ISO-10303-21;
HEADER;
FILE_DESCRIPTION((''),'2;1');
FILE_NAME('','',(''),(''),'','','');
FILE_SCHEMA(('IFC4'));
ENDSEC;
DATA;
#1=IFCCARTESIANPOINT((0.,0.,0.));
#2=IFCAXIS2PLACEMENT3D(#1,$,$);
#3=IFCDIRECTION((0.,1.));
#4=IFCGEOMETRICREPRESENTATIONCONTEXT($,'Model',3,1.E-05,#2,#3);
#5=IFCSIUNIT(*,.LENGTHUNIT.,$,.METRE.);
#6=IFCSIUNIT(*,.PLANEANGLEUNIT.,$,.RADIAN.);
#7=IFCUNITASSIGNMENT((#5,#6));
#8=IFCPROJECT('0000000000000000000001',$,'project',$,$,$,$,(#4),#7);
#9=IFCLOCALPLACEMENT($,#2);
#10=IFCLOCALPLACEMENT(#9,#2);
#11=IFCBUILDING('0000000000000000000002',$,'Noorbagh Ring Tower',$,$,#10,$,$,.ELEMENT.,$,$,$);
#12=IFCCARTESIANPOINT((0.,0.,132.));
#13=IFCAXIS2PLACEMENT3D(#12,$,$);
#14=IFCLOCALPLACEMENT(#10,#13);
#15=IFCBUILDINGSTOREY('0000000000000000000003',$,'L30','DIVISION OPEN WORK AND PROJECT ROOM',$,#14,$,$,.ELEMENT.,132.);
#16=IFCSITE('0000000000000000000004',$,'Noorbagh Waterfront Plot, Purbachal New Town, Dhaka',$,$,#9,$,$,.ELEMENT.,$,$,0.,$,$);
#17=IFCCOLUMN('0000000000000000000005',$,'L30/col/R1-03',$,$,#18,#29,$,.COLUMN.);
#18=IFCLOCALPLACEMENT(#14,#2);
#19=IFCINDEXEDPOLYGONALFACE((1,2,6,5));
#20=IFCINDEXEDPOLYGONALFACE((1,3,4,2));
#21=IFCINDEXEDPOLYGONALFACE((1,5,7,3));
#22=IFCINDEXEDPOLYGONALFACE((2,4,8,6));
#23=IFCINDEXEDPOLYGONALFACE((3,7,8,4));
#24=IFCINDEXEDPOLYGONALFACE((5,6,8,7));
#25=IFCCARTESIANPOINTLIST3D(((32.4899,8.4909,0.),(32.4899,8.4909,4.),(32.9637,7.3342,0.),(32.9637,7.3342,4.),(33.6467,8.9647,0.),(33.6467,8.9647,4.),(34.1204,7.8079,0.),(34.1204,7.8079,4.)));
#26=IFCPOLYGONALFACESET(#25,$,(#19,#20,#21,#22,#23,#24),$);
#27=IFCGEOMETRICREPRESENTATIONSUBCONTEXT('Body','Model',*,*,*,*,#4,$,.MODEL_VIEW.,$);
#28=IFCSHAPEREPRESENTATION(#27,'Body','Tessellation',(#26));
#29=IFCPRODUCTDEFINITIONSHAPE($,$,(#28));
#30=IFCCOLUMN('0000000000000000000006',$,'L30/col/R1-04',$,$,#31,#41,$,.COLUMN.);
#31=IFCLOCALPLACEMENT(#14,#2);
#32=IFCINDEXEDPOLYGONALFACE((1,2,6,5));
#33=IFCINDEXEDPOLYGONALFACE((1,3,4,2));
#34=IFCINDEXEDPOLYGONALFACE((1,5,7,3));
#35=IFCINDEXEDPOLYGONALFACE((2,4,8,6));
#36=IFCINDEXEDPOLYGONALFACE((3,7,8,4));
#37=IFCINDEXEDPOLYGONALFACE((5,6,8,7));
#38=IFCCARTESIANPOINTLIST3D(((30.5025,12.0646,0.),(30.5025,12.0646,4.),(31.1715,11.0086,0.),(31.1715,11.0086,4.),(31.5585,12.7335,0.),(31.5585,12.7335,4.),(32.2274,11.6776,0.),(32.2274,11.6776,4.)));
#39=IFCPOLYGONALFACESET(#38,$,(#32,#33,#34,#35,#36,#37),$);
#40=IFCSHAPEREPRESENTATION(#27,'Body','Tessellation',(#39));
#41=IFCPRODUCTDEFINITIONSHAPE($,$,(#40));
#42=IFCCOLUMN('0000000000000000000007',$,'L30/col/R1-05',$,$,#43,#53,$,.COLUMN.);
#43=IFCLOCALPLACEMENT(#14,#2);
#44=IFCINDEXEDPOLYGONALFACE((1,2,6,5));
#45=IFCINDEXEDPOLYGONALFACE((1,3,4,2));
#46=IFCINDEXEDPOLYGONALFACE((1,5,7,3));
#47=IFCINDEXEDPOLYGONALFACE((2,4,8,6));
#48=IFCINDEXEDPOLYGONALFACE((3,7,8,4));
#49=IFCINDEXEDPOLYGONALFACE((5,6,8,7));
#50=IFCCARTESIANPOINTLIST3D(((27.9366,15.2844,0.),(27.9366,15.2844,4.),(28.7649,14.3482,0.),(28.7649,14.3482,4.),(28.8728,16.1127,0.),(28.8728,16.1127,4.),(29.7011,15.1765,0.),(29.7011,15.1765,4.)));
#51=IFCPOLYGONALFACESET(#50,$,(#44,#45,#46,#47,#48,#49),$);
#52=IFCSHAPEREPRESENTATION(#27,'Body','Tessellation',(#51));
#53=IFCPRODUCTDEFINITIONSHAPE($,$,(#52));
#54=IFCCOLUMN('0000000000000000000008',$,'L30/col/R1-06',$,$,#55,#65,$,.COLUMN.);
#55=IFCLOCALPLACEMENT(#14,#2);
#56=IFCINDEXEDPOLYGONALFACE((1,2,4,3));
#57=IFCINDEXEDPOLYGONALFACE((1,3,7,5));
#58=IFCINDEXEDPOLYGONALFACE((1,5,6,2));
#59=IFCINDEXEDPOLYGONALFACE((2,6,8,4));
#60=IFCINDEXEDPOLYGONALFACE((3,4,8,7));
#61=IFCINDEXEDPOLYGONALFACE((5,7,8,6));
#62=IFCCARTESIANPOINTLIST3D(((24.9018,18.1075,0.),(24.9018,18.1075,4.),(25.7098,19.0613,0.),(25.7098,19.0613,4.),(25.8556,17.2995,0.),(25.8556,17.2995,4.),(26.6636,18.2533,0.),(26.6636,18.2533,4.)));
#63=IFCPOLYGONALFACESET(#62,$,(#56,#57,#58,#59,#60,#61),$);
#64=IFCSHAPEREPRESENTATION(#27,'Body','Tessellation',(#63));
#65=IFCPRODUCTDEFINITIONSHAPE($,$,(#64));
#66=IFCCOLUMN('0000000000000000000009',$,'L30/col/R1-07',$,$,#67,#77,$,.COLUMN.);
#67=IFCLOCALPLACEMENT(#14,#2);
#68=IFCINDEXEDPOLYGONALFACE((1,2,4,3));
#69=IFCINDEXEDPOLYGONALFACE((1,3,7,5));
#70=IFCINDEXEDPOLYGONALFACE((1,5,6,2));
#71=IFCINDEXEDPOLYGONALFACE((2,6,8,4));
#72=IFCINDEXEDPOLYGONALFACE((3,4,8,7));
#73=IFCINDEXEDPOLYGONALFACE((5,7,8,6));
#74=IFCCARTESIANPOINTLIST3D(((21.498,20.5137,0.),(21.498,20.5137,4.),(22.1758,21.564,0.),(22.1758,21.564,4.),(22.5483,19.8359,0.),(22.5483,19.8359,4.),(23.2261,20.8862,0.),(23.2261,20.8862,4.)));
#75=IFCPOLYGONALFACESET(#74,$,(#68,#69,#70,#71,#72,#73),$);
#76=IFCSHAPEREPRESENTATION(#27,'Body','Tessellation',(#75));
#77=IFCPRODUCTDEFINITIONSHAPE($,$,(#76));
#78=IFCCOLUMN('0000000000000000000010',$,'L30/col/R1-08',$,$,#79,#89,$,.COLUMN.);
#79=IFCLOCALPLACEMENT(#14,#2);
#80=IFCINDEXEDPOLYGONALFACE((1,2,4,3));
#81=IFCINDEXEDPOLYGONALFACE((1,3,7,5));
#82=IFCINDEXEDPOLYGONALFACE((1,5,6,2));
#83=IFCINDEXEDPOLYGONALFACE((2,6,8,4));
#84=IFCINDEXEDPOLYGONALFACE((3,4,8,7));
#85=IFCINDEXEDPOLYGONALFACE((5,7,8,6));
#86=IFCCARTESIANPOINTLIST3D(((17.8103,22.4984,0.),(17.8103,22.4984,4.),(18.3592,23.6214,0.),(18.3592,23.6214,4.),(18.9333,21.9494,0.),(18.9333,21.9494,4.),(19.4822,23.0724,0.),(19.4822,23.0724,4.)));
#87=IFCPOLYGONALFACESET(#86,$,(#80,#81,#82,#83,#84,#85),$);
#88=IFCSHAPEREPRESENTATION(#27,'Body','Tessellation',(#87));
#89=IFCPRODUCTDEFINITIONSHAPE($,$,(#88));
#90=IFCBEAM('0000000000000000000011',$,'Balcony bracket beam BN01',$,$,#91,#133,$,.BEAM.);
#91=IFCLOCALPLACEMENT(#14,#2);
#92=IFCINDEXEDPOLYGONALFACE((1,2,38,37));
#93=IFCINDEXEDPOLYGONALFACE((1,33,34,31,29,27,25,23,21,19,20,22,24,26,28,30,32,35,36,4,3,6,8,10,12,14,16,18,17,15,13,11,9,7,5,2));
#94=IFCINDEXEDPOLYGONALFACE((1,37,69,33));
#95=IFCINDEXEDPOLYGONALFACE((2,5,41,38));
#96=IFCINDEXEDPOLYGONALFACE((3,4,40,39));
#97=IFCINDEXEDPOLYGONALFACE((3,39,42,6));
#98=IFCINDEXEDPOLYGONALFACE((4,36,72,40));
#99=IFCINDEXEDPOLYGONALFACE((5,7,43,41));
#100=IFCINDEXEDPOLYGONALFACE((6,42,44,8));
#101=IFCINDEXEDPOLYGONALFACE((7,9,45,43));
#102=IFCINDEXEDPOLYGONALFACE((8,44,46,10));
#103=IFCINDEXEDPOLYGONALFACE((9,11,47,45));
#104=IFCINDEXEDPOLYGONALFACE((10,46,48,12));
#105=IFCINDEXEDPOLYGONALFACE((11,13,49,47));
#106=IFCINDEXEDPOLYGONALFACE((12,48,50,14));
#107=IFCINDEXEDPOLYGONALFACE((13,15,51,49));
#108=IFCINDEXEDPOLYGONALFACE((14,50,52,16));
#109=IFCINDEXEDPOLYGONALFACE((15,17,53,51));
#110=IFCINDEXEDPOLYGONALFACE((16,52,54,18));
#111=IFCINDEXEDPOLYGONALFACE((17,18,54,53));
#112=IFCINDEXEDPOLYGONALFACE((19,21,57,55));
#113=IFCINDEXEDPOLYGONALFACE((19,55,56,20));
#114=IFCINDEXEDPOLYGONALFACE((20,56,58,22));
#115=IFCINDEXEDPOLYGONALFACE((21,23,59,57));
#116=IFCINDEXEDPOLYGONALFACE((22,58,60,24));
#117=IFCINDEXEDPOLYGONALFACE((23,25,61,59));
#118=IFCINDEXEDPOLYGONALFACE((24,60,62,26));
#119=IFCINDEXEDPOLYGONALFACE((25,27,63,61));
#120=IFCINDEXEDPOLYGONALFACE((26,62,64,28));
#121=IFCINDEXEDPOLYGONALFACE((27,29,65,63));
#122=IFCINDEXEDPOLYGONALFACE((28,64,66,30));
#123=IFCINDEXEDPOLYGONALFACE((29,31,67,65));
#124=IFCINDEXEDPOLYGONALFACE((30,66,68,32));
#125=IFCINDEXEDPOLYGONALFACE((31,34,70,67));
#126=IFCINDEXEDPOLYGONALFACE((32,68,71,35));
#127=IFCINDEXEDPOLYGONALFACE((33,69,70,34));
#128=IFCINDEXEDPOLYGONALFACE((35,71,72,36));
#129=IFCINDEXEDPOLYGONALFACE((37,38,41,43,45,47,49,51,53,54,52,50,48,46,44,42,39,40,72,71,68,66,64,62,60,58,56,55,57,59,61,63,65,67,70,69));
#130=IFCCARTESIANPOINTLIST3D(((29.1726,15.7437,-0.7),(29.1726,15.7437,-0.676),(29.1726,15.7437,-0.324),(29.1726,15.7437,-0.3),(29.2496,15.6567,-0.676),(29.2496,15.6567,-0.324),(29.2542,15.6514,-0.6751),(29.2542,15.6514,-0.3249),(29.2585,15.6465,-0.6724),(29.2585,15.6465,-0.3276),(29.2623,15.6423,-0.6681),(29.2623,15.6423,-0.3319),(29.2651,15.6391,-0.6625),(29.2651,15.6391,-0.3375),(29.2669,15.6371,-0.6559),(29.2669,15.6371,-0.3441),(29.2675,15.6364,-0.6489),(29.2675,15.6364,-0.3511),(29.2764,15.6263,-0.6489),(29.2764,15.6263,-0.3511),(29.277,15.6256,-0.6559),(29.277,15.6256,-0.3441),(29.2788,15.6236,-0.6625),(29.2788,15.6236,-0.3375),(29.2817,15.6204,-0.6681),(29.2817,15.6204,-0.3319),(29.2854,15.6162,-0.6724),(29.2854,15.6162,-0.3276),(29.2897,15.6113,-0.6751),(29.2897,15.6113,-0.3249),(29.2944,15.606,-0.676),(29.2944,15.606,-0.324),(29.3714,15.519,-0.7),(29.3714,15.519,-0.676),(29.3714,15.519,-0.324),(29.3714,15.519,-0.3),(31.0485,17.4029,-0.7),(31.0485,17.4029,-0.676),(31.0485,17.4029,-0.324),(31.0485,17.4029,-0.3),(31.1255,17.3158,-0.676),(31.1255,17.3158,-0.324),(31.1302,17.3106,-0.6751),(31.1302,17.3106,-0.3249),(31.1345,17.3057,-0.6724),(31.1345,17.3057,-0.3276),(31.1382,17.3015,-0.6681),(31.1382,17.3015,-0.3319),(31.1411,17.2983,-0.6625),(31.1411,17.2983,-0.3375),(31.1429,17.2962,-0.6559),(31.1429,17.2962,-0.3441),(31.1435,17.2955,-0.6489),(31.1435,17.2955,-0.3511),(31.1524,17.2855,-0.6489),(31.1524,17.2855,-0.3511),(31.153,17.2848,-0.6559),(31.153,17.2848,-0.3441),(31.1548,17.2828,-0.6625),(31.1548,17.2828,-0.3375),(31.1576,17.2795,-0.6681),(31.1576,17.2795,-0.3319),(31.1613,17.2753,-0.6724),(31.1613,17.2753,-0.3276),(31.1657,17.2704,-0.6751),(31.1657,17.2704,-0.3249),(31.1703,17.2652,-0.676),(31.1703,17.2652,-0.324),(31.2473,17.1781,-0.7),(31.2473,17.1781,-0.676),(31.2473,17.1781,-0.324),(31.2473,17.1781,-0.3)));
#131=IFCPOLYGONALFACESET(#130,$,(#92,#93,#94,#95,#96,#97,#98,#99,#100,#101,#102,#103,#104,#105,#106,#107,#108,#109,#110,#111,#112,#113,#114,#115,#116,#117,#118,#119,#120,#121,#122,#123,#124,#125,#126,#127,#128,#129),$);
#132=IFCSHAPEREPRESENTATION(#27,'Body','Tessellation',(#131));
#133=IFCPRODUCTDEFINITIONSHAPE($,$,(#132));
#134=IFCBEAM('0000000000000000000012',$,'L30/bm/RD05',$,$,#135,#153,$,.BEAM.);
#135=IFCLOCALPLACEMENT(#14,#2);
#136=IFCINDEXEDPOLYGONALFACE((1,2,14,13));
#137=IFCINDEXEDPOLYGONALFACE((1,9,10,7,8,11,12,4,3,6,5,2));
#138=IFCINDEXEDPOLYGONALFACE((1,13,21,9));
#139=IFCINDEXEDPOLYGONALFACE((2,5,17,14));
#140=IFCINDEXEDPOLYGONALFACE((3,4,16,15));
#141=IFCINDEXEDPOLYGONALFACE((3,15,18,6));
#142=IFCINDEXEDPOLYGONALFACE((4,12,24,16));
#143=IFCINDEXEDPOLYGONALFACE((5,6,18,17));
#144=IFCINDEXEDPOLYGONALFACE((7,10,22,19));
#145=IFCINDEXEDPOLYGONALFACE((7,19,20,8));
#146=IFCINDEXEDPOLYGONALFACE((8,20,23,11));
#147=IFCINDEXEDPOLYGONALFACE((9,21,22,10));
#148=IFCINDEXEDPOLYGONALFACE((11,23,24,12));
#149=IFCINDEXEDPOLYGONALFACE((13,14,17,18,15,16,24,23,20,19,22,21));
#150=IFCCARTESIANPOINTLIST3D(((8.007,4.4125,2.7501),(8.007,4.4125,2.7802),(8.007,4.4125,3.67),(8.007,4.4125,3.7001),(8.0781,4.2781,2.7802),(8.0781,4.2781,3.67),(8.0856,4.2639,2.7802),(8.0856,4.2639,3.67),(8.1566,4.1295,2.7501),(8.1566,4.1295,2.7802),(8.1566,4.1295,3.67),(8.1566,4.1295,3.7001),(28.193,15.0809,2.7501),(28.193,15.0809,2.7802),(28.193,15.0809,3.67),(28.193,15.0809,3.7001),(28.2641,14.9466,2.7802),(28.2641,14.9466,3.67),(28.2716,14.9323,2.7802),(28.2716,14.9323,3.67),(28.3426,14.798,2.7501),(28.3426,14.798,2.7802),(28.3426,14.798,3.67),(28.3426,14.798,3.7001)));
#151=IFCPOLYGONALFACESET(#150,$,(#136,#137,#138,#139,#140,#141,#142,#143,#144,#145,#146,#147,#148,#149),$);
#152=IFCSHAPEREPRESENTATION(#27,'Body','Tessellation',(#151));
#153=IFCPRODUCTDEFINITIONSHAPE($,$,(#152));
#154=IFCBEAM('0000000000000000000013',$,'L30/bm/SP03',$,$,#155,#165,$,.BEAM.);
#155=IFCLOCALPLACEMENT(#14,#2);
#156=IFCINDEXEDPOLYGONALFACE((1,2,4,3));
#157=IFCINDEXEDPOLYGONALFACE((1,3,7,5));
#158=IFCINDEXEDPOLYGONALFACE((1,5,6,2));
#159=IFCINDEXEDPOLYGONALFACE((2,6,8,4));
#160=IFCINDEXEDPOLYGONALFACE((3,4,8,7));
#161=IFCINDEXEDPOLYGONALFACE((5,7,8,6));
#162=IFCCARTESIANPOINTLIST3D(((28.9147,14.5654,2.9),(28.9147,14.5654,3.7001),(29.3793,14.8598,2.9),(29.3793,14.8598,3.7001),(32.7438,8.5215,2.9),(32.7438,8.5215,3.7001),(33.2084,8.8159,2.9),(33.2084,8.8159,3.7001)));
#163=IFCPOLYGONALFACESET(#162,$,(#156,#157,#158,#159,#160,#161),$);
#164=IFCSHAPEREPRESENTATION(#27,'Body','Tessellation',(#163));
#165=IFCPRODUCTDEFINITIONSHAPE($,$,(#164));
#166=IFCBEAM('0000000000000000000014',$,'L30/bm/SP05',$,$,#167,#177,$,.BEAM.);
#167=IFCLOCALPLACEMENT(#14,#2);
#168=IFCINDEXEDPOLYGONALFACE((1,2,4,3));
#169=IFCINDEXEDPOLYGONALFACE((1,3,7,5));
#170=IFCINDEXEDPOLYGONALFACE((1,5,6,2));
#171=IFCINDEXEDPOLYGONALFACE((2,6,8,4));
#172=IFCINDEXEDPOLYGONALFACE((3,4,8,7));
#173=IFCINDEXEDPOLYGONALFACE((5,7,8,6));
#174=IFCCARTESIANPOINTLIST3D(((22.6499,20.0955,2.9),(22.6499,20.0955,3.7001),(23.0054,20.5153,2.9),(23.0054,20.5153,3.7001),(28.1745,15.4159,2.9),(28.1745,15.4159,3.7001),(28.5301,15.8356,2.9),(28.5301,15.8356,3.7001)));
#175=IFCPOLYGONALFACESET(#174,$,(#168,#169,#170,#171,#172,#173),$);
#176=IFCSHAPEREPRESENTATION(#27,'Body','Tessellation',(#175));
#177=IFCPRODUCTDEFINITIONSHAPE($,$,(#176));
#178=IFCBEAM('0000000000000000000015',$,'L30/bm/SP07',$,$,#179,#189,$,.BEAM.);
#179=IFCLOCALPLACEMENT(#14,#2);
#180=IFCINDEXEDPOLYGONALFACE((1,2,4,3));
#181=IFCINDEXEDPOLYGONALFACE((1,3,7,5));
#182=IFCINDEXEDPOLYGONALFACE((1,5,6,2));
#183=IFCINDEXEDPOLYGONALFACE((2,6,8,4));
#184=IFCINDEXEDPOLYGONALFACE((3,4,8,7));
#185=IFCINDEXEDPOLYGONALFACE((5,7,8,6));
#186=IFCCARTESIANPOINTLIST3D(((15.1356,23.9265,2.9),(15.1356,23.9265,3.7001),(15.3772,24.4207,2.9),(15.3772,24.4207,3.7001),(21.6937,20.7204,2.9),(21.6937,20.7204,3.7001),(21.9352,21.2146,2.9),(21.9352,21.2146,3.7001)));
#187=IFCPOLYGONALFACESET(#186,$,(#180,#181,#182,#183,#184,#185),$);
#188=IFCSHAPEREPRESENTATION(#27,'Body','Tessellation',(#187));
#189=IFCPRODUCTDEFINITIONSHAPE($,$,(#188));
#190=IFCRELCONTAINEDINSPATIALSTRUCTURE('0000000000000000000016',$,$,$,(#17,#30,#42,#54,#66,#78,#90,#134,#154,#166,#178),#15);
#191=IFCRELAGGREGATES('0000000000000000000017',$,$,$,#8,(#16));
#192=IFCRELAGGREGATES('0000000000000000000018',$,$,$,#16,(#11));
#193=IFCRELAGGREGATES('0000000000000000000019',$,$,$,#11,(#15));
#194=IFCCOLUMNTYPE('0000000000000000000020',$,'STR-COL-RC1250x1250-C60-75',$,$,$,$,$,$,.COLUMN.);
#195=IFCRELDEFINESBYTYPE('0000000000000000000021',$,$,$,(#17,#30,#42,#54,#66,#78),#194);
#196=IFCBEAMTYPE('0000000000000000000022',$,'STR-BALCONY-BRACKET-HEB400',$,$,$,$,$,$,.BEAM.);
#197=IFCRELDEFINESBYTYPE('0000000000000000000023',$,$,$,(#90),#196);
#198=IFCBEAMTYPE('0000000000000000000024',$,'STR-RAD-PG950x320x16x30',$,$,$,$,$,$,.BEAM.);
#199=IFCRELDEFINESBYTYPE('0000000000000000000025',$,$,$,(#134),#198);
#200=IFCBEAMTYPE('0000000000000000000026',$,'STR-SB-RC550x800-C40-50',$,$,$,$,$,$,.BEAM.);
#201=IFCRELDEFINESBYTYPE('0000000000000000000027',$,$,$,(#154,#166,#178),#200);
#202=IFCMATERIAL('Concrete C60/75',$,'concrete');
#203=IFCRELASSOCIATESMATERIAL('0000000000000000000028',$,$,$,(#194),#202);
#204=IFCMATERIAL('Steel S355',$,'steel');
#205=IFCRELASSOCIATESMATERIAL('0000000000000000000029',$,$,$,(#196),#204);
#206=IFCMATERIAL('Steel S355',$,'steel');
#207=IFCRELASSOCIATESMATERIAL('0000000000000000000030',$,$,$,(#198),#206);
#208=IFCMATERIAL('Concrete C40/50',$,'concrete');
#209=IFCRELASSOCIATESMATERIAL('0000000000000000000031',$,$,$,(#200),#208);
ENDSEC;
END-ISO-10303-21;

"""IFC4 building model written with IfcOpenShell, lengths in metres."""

from ifc_helpers import new_model, si_unit, direction, frame, origin, origin_2d, place, context, subcontext, project, spatial, rectangle, i_section, extrude, material, material_profile, profile_set, type_object, element, save


model = new_model("IFC4")

# Units and contexts
model_context = context("Model", 3, precision=1e-05, world=origin(), true_north=direction((0.0, 1.0)))
body_context = subcontext(model_context, "Body", "Model", "MODEL_VIEW")
ifc_project = project(units=[si_unit("LENGTHUNIT", "METRE"), si_unit("PLANEANGLEUNIT", "RADIAN")], contexts=[model_context])

# Site, building, storey
site_placement = place(None, origin())
site = spatial("IfcSite", under=ifc_project, at=site_placement, Name="Noorbagh Waterfront Plot, Purbachal New Town, Dhaka", CompositionType="ELEMENT", RefElevation=0.0)
building_placement = place(site_placement, origin())
building = spatial("IfcBuilding", under=site, at=building_placement, Name="Noorbagh Ring Tower", CompositionType="ELEMENT")
storey_placement = place(building_placement, frame((0.0, 0.0, 132.0)))
storey = spatial("IfcBuildingStorey", under=building, at=storey_placement, Name="L30", Description="DIVISION OPEN WORK AND PROJECT ROOM", CompositionType="ELEMENT", Elevation=132.0)

# Columns
ifc_material_1 = material(Name="Concrete C60/75", Category="concrete")
ifc_material_profile_1 = material_profile(ifc_material_1, rectangle(XDim=1.25, YDim=1.25, at=origin_2d()), Name="RC1250x1250")
ifc_profile_set_1 = profile_set([ifc_material_profile_1], Name="Concrete C60/75")
column_type = type_object("IfcColumnType", Name="STR-COL-RC1250x1250-C60-75", PredefinedType="COLUMN", material=ifc_profile_set_1)
for number, where, z_axis, x_axis, name in (
    (1, (33.3052, 8.1494, 0.0), (0.0, 0.0, 1.0), (-0.378989, 0.925401, 0.0), "L30/col/R1-03"),
    (2, (31.365, 11.8711, 0.0), (0.0, 0.0, 1.0), (-0.53519, 0.844731, 0.0), "L30/col/R1-04"),
    (3, (28.8188, 15.2305, 0.0), (0.0, 0.0, 1.0), (-0.662636, 0.748942, 0.0), "L30/col/R1-05"),
    (4, (25.7827, 18.1804, 0.0), (0.0, 0.0, 1.0), (-0.763035, 0.646357, 0.0), "L30/col/R1-06"),
    (5, (22.3621, 20.7, 0.0), (0.0, 0.0, 1.0), (-0.840248, 0.542203, 0.0), "L30/col/R1-07"),
    (6, (18.6462, 22.7854, 0.0), (0.0, 0.0, 1.0), (-0.898399, 0.43918, 0.0), "L30/col/R1-08"),
):
    element("IfcColumn", number, at=place(storey_placement, frame(where, z_axis=z_axis, x_axis=x_axis)), inside=storey, type_object=column_type, Name=name, PredefinedType="COLUMN", context=body_context, shape_type="SweptSolid", body=[
        extrude(rectangle(XDim=1.25, YDim=1.25, at=origin_2d()), origin(), (0.0, 0.0, 1.0), 4.0),
    ])

# Beams
ifc_material_2 = material(Name="Steel S355", Category="steel")
ifc_material_profile_2 = material_profile(ifc_material_2, i_section(OverallWidth=0.3, OverallDepth=0.3999, WebThickness=0.0134, FlangeThickness=0.0239, FilletRadius=0.0271, at=origin_2d()), Name="HEB400")
ifc_profile_set_2 = profile_set([ifc_material_profile_2], Name="Steel S355")
beam_type_1 = type_object("IfcBeamType", Name="STR-BALCONY-BRACKET-HEB400", PredefinedType="BEAM", material=ifc_profile_set_2)
beam_1_placement = place(storey_placement, frame((29.272, 15.6313, -0.5), z_axis=(0.749064, 0.662498, 0.0), x_axis=(-0.662498, 0.749064, 0.0)))
element("IfcBeam", 7, at=beam_1_placement, inside=storey, type_object=beam_type_1, Name="Balcony bracket beam BN01", PredefinedType="BEAM", context=body_context, shape_type="SweptSolid", body=[
    extrude(i_section(OverallWidth=0.3, OverallDepth=0.3999, WebThickness=0.0134, FlangeThickness=0.0239, FilletRadius=0.0271, at=origin_2d()), origin(), (0.0, 0.0, 1.0), 2.5044),
])
ifc_material_3 = material(Name="Steel S355", Category="steel")
ifc_material_profile_3 = material_profile(ifc_material_3, i_section(OverallWidth=0.3201, OverallDepth=0.95, WebThickness=0.0161, FlangeThickness=0.03, at=origin_2d()), Name="PG950x320x16x30")
ifc_profile_set_3 = profile_set([ifc_material_profile_3], Name="Steel S355")
beam_type_2 = type_object("IfcBeamType", Name="STR-RAD-PG950x320x16x30", PredefinedType="BEAM", material=ifc_profile_set_3)
beam_2_placement = place(storey_placement, frame((28.2678, 14.9395, 3.2251), z_axis=(-0.884119, -0.467263, 0.0), x_axis=(0.467263, -0.884119, 0.0)))
element("IfcBeam", 8, at=beam_2_placement, inside=storey, type_object=beam_type_2, Name="L30/bm/RD05", PredefinedType="BEAM", context=body_context, shape_type="SweptSolid", body=[
    extrude(i_section(OverallWidth=0.3201, OverallDepth=0.95, WebThickness=0.0161, FlangeThickness=0.03, at=origin_2d()), origin(), (0.0, 0.0, 1.0), 22.8318),
])
ifc_material_4 = material(Name="Concrete C40/50", Category="concrete")
ifc_material_profile_4 = material_profile(ifc_material_4, rectangle(XDim=0.55, YDim=0.8, at=origin_2d()), Name="RC550x800")
ifc_profile_set_4 = profile_set([ifc_material_profile_4], Name="Concrete C40/50")
beam_type_3 = type_object("IfcBeamType", Name="STR-SB-RC550x800-C40-50", PredefinedType="BEAM", material=ifc_profile_set_4)
beam_3_placement = place(storey_placement, frame((32.9761, 8.6687, 3.3), z_axis=(-0.535179, 0.844739, 0.0), x_axis=(-0.844739, -0.535179, 0.0)))
element("IfcBeam", 9, at=beam_3_placement, inside=storey, type_object=beam_type_3, Name="L30/bm/SP03", PredefinedType="BEAM", context=body_context, shape_type="SweptSolid", body=[
    extrude(rectangle(XDim=0.55, YDim=0.8, at=origin_2d()), origin(), (0.0, 0.0, 1.0), 7.1548),
])
beam_4_placement = place(storey_placement, frame((28.3523, 15.6257, 3.3), z_axis=(-0.763047, 0.646343, 0.0), x_axis=(-0.646343, -0.763047, 0.0)))
element("IfcBeam", 10, at=beam_4_placement, inside=storey, type_object=beam_type_3, Name="L30/bm/SP05", PredefinedType="BEAM", context=body_context, shape_type="SweptSolid", body=[
    extrude(rectangle(XDim=0.55, YDim=0.8, at=origin_2d()), origin(), (0.0, 0.0, 1.0), 7.2402),
])
beam_5_placement = place(storey_placement, frame((21.8145, 20.9675, 3.3), z_axis=(-0.898391, 0.439196, 0.0), x_axis=(-0.439196, -0.898391, 0.0)))
element("IfcBeam", 11, at=beam_5_placement, inside=storey, type_object=beam_type_3, Name="L30/bm/SP07", PredefinedType="BEAM", context=body_context, shape_type="SweptSolid", body=[
    extrude(rectangle(XDim=0.55, YDim=0.8, at=origin_2d()), origin(), (0.0, 0.0, 1.0), 7.2998),
])

save(model, "model.ifc")
